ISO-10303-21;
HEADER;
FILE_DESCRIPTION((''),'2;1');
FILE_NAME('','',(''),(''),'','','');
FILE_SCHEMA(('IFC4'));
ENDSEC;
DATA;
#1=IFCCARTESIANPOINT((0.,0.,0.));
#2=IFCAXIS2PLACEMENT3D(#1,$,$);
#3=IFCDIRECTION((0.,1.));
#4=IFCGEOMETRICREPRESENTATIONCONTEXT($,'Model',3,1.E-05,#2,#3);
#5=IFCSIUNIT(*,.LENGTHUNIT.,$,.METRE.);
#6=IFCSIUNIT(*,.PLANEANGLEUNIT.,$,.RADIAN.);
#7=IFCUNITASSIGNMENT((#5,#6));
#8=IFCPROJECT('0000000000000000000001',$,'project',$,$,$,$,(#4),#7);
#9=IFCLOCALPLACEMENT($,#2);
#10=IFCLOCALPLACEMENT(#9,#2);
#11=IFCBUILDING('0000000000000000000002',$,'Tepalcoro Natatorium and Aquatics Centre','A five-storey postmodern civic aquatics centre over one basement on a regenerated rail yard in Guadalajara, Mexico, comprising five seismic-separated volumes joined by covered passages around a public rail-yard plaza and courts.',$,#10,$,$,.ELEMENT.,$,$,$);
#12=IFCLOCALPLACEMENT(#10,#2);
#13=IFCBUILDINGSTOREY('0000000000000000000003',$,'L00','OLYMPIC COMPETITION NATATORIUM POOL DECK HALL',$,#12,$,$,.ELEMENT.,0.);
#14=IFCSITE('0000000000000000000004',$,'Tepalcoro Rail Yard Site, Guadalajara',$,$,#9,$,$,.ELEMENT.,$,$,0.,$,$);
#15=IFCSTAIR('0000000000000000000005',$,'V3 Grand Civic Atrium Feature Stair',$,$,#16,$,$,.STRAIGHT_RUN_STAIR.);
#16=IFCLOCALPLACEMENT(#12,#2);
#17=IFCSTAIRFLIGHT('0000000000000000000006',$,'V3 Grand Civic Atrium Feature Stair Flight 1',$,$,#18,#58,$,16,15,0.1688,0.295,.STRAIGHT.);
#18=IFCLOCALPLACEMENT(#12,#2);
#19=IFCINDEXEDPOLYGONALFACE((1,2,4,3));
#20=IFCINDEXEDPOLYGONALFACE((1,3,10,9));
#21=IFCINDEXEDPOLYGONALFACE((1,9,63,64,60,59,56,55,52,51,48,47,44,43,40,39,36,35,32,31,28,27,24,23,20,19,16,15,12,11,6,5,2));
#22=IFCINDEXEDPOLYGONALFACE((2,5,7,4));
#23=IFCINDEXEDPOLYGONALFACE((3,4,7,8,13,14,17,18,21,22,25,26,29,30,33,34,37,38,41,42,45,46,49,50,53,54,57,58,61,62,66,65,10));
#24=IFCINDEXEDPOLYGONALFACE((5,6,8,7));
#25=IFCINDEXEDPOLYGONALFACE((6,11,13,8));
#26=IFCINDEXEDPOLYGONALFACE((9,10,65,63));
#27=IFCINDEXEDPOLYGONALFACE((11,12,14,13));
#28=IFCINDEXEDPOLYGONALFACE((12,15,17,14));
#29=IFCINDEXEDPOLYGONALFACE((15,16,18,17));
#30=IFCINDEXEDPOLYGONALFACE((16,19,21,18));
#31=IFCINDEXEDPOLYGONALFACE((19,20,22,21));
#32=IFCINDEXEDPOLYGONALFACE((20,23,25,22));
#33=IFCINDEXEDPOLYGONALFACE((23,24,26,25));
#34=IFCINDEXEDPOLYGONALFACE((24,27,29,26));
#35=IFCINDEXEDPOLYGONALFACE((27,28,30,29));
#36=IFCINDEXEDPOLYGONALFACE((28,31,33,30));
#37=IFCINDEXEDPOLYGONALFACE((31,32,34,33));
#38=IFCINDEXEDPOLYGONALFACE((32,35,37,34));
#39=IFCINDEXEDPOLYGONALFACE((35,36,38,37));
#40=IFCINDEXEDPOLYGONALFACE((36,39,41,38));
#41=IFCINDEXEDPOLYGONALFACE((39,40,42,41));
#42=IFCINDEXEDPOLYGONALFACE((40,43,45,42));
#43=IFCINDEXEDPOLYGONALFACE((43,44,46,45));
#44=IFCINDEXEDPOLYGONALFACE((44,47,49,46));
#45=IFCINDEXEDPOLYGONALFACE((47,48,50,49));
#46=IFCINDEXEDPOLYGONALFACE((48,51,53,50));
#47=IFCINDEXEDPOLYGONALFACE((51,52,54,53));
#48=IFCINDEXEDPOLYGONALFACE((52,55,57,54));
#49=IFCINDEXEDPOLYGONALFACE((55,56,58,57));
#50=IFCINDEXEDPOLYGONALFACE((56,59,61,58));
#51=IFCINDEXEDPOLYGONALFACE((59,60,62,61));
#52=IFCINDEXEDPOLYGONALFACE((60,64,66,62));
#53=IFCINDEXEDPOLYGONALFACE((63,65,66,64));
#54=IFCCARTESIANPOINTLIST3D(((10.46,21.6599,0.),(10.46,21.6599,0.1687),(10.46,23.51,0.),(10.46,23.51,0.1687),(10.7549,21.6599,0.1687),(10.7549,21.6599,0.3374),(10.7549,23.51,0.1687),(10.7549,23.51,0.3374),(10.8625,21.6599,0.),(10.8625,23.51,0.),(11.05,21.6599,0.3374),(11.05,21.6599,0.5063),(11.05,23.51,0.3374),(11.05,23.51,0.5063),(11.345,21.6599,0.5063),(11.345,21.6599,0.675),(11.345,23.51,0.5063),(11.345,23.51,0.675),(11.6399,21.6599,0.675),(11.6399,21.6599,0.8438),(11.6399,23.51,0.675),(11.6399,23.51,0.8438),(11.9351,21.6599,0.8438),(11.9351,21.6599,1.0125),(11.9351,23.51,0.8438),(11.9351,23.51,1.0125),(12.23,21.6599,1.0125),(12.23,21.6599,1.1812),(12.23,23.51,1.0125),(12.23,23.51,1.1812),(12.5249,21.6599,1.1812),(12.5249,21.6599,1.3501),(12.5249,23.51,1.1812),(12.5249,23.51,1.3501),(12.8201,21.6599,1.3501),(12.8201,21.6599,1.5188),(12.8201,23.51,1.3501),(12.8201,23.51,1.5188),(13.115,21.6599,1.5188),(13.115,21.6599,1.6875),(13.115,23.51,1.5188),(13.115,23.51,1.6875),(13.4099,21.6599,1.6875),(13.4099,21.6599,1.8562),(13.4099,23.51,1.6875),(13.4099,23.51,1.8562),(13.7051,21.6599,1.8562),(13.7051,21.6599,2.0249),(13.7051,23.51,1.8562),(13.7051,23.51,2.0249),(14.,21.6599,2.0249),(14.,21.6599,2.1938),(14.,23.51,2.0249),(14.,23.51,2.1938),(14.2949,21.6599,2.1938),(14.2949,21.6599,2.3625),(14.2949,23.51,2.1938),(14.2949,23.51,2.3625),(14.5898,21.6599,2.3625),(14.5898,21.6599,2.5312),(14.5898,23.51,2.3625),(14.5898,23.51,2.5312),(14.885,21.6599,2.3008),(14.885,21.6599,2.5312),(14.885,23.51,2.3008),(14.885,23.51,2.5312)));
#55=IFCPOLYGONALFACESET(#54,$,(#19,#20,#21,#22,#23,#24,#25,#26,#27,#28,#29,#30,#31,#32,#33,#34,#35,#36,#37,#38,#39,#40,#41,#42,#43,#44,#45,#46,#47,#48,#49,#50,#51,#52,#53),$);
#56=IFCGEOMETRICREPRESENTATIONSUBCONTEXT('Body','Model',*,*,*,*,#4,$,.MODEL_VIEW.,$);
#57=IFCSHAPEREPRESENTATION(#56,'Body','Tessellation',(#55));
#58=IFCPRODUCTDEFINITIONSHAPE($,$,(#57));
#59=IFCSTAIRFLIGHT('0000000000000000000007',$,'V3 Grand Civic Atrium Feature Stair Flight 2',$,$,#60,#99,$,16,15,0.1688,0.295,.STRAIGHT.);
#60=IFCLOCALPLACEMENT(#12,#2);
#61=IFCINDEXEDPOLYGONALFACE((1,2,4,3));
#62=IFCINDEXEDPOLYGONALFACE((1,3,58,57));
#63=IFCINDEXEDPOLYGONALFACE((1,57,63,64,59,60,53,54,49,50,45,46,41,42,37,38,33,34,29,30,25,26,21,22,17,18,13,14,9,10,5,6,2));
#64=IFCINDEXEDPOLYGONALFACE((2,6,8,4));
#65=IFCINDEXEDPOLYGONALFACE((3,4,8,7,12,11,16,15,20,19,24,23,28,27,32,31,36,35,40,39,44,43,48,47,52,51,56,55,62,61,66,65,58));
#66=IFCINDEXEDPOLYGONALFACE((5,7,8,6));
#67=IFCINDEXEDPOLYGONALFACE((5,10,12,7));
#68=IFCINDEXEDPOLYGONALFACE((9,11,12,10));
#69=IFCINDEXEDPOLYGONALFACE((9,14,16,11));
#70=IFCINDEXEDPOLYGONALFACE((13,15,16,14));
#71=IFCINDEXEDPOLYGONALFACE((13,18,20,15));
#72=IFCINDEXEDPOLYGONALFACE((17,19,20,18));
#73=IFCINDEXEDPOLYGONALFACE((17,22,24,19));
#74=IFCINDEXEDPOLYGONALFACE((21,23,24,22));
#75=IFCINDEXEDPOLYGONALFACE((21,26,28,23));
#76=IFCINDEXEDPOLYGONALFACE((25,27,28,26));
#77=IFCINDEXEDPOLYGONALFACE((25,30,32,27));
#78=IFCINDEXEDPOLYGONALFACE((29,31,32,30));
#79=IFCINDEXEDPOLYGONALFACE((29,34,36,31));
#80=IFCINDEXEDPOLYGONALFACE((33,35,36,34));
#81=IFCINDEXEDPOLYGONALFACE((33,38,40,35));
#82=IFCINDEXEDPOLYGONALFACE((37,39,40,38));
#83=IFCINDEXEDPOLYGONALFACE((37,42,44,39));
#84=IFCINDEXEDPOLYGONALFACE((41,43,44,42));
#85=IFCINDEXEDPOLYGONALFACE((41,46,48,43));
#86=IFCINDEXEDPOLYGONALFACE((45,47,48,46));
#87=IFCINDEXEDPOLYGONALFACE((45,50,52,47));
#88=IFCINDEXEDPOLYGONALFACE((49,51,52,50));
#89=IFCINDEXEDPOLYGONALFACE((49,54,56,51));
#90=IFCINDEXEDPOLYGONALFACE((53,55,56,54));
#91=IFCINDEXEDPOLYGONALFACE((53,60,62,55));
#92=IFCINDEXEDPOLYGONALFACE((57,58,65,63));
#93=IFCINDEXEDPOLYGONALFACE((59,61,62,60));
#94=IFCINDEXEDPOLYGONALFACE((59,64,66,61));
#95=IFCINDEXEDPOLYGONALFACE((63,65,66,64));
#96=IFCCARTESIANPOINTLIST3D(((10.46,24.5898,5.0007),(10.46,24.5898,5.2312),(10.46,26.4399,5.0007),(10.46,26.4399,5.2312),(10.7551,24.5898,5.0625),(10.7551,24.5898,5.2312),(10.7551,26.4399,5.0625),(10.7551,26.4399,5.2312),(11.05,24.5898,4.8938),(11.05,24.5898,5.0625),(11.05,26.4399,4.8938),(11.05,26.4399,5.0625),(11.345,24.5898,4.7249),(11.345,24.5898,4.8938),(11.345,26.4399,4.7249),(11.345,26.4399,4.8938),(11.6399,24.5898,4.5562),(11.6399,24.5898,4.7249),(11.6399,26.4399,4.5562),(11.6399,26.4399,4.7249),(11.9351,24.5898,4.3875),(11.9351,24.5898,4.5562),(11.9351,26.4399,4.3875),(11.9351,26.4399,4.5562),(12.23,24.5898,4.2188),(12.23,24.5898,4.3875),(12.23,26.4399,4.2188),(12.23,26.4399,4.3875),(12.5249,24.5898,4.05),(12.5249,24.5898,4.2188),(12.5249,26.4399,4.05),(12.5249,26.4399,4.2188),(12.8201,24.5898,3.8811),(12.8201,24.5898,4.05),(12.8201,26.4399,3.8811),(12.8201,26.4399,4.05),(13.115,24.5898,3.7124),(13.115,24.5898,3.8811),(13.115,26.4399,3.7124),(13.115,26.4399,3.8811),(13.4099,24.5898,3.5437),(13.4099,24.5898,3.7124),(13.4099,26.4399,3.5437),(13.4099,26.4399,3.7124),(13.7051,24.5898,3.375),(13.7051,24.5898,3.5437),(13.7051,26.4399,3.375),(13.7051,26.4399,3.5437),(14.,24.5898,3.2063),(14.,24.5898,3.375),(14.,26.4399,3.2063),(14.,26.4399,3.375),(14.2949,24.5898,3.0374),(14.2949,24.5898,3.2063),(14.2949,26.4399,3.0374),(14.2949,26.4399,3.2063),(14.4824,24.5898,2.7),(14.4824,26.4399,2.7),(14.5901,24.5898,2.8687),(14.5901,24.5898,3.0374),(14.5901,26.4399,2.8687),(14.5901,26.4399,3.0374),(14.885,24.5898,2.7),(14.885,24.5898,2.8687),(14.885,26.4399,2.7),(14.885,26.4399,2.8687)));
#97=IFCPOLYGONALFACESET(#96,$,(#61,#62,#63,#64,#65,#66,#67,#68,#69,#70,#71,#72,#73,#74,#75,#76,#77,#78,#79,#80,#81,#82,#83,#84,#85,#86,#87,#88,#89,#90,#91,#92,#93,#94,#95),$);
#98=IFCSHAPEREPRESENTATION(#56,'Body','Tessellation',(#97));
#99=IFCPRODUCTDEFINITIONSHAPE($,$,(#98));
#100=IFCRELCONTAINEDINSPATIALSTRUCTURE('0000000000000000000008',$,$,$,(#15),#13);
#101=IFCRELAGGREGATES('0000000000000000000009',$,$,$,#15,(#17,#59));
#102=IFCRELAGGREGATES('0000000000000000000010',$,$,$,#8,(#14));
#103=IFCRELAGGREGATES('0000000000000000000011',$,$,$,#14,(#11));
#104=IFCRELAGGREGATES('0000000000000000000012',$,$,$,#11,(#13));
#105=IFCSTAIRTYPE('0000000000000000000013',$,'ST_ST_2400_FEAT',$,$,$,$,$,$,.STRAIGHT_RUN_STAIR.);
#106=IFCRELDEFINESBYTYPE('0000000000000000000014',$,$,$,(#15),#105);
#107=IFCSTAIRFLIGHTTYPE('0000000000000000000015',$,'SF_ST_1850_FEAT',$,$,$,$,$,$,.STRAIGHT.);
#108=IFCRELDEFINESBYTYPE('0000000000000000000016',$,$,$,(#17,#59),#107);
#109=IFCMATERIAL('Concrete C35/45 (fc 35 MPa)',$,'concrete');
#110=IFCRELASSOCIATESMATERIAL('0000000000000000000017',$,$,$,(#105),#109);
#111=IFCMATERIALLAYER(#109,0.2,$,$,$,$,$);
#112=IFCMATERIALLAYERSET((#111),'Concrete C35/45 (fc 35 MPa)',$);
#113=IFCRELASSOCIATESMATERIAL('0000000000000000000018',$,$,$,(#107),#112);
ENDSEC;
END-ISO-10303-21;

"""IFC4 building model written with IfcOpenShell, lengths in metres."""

from ifc_helpers import new_model, si_unit, direction, frame, origin, place, context, subcontext, project, spatial, polyline, outline, extrude, material, layer, layer_set, type_object, element, aggregate, save


model = new_model("IFC4")

# Units and contexts
model_context = context("Model", 3, precision=1e-05, world=origin(), true_north=direction((0.0, 1.0)))
body_context = subcontext(model_context, "Body", "Model", "MODEL_VIEW")
ifc_project = project(units=[si_unit("LENGTHUNIT", "METRE"), si_unit("PLANEANGLEUNIT", "RADIAN")], contexts=[model_context])

# Site, building, storey
site_placement = place(None, origin())
site = spatial("IfcSite", under=ifc_project, at=site_placement, Name="Tepalcoro Rail Yard Site, Guadalajara", CompositionType="ELEMENT", RefElevation=0.0)
building_placement = place(site_placement, origin())
building = spatial("IfcBuilding", under=site, at=building_placement, Name="Tepalcoro Natatorium and Aquatics Centre", Description="A five-storey postmodern civic aquatics centre over one basement on a regenerated rail yard in Guadalajara, Mexico, comprising five seismic-separated volumes joined by covered passages around a public rail-yard plaza and courts.", CompositionType="ELEMENT")
storey_placement = place(building_placement, origin())
storey = spatial("IfcBuildingStorey", under=building, at=storey_placement, Name="L00", Description="OLYMPIC COMPETITION NATATORIUM POOL DECK HALL", CompositionType="ELEMENT", Elevation=0.0)

# Stair, stair flights
ifc_material_1 = material(Name="Concrete C35/45 (fc 35 MPa)", Category="concrete")
stair_type = type_object("IfcStairType", Name="ST_ST_2400_FEAT", PredefinedType="STRAIGHT_RUN_STAIR", material=ifc_material_1)
stair_placement = place(storey_placement, origin())
stair = element("IfcStair", 1, at=stair_placement, inside=storey, type_object=stair_type, Name="V3 Grand Civic Atrium Feature Stair", PredefinedType="STRAIGHT_RUN_STAIR")
ifc_layer_1 = layer(ifc_material_1, 0.2)
ifc_layer_set_1 = layer_set([ifc_layer_1], Name="Concrete C35/45 (fc 35 MPa)")
stair_flight_type = type_object("IfcStairFlightType", Name="SF_ST_1850_FEAT", PredefinedType="STRAIGHT", material=ifc_layer_set_1)
stair_flight_1_placement = place(storey_placement, frame((10.46, 22.585, 0.0), z_axis=(0.0, 0.0, 1.0), x_axis=(1.0, 0.0, 0.0)))
stair_flight_1 = element("IfcStairFlight", 2, at=stair_flight_1_placement, type_object=stair_flight_type, Name="V3 Grand Civic Atrium Feature Stair Flight 1", NumberOfRisers=16, NumberOfTreads=15, PredefinedType="STRAIGHT", RiserHeight=0.1688, TreadLength=0.295, context=body_context, shape_type="SweptSolid", body=[
    extrude(outline(polyline([(0.0, 0.0), (0.0, 0.1687), (0.2949, 0.1687), (0.2949, 0.3374), (0.5901, 0.3374), (0.5901, 0.5063), (0.885, 0.5063), (0.885, 0.675), (1.1799, 0.675), (1.1799, 0.8438), (1.4751, 0.8438), (1.4751, 1.0125), (1.77, 1.0125), (1.77, 1.1812), (2.0649, 1.1812), (2.0649, 1.3501), (2.3601, 1.3501), (2.3601, 1.5188), (2.655, 1.5188), (2.655, 1.6875), (2.95, 1.6875), (2.95, 1.8562), (3.2451, 1.8562), (3.2451, 2.0249), (3.54, 2.0249), (3.54, 2.1938), (3.835, 2.1938), (3.835, 2.3625), (4.1299, 2.3625), (4.1299, 2.5312), (4.425, 2.5312), (4.425, 2.7), (4.425, 2.3008), (0.4026, 0.0), (0.0, 0.0)])), frame((0.0, 0.925, 0.0), z_axis=(0.0, -1.0, 0.0), x_axis=(1.0, 0.0, 0.0)), (0.0, 0.0, 1.0), 1.8501),
])
stair_flight_2_placement = place(storey_placement, frame((14.885, 25.5149, 2.7), z_axis=(0.0, 0.0, 1.0), x_axis=(-1.0, 0.0, 0.0)))
stair_flight_2 = element("IfcStairFlight", 3, at=stair_flight_2_placement, type_object=stair_flight_type, Name="V3 Grand Civic Atrium Feature Stair Flight 2", NumberOfRisers=16, NumberOfTreads=15, PredefinedType="STRAIGHT", RiserHeight=0.1688, TreadLength=0.295, context=body_context, shape_type="SweptSolid", body=[
    extrude(outline(polyline([(0.0, 0.0), (0.0, 0.1687), (0.2949, 0.1687), (0.2949, 0.3374), (0.5901, 0.3374), (0.5901, 0.5063), (0.885, 0.5063), (0.885, 0.675), (1.1799, 0.675), (1.1799, 0.8438), (1.4751, 0.8438), (1.4751, 1.0125), (1.77, 1.0125), (1.77, 1.1812), (2.0649, 1.1812), (2.0649, 1.3501), (2.3601, 1.3501), (2.3601, 1.5188), (2.655, 1.5188), (2.655, 1.6875), (2.95, 1.6875), (2.95, 1.8562), (3.2451, 1.8562), (3.2451, 2.0249), (3.54, 2.0249), (3.54, 2.1938), (3.835, 2.1938), (3.835, 2.3625), (4.1299, 2.3625), (4.1299, 2.5312), (4.425, 2.5312), (4.425, 2.7), (4.425, 2.3008), (0.4026, 0.0), (0.0, 0.0)])), frame((0.0, 0.925, 0.0), z_axis=(0.0, -1.0, 0.0), x_axis=(1.0, 0.0, 0.0)), (0.0, 0.0, 1.0), 1.8501),
])
aggregate(stair, [stair_flight_1, stair_flight_2])

save(model, "model.ifc")
